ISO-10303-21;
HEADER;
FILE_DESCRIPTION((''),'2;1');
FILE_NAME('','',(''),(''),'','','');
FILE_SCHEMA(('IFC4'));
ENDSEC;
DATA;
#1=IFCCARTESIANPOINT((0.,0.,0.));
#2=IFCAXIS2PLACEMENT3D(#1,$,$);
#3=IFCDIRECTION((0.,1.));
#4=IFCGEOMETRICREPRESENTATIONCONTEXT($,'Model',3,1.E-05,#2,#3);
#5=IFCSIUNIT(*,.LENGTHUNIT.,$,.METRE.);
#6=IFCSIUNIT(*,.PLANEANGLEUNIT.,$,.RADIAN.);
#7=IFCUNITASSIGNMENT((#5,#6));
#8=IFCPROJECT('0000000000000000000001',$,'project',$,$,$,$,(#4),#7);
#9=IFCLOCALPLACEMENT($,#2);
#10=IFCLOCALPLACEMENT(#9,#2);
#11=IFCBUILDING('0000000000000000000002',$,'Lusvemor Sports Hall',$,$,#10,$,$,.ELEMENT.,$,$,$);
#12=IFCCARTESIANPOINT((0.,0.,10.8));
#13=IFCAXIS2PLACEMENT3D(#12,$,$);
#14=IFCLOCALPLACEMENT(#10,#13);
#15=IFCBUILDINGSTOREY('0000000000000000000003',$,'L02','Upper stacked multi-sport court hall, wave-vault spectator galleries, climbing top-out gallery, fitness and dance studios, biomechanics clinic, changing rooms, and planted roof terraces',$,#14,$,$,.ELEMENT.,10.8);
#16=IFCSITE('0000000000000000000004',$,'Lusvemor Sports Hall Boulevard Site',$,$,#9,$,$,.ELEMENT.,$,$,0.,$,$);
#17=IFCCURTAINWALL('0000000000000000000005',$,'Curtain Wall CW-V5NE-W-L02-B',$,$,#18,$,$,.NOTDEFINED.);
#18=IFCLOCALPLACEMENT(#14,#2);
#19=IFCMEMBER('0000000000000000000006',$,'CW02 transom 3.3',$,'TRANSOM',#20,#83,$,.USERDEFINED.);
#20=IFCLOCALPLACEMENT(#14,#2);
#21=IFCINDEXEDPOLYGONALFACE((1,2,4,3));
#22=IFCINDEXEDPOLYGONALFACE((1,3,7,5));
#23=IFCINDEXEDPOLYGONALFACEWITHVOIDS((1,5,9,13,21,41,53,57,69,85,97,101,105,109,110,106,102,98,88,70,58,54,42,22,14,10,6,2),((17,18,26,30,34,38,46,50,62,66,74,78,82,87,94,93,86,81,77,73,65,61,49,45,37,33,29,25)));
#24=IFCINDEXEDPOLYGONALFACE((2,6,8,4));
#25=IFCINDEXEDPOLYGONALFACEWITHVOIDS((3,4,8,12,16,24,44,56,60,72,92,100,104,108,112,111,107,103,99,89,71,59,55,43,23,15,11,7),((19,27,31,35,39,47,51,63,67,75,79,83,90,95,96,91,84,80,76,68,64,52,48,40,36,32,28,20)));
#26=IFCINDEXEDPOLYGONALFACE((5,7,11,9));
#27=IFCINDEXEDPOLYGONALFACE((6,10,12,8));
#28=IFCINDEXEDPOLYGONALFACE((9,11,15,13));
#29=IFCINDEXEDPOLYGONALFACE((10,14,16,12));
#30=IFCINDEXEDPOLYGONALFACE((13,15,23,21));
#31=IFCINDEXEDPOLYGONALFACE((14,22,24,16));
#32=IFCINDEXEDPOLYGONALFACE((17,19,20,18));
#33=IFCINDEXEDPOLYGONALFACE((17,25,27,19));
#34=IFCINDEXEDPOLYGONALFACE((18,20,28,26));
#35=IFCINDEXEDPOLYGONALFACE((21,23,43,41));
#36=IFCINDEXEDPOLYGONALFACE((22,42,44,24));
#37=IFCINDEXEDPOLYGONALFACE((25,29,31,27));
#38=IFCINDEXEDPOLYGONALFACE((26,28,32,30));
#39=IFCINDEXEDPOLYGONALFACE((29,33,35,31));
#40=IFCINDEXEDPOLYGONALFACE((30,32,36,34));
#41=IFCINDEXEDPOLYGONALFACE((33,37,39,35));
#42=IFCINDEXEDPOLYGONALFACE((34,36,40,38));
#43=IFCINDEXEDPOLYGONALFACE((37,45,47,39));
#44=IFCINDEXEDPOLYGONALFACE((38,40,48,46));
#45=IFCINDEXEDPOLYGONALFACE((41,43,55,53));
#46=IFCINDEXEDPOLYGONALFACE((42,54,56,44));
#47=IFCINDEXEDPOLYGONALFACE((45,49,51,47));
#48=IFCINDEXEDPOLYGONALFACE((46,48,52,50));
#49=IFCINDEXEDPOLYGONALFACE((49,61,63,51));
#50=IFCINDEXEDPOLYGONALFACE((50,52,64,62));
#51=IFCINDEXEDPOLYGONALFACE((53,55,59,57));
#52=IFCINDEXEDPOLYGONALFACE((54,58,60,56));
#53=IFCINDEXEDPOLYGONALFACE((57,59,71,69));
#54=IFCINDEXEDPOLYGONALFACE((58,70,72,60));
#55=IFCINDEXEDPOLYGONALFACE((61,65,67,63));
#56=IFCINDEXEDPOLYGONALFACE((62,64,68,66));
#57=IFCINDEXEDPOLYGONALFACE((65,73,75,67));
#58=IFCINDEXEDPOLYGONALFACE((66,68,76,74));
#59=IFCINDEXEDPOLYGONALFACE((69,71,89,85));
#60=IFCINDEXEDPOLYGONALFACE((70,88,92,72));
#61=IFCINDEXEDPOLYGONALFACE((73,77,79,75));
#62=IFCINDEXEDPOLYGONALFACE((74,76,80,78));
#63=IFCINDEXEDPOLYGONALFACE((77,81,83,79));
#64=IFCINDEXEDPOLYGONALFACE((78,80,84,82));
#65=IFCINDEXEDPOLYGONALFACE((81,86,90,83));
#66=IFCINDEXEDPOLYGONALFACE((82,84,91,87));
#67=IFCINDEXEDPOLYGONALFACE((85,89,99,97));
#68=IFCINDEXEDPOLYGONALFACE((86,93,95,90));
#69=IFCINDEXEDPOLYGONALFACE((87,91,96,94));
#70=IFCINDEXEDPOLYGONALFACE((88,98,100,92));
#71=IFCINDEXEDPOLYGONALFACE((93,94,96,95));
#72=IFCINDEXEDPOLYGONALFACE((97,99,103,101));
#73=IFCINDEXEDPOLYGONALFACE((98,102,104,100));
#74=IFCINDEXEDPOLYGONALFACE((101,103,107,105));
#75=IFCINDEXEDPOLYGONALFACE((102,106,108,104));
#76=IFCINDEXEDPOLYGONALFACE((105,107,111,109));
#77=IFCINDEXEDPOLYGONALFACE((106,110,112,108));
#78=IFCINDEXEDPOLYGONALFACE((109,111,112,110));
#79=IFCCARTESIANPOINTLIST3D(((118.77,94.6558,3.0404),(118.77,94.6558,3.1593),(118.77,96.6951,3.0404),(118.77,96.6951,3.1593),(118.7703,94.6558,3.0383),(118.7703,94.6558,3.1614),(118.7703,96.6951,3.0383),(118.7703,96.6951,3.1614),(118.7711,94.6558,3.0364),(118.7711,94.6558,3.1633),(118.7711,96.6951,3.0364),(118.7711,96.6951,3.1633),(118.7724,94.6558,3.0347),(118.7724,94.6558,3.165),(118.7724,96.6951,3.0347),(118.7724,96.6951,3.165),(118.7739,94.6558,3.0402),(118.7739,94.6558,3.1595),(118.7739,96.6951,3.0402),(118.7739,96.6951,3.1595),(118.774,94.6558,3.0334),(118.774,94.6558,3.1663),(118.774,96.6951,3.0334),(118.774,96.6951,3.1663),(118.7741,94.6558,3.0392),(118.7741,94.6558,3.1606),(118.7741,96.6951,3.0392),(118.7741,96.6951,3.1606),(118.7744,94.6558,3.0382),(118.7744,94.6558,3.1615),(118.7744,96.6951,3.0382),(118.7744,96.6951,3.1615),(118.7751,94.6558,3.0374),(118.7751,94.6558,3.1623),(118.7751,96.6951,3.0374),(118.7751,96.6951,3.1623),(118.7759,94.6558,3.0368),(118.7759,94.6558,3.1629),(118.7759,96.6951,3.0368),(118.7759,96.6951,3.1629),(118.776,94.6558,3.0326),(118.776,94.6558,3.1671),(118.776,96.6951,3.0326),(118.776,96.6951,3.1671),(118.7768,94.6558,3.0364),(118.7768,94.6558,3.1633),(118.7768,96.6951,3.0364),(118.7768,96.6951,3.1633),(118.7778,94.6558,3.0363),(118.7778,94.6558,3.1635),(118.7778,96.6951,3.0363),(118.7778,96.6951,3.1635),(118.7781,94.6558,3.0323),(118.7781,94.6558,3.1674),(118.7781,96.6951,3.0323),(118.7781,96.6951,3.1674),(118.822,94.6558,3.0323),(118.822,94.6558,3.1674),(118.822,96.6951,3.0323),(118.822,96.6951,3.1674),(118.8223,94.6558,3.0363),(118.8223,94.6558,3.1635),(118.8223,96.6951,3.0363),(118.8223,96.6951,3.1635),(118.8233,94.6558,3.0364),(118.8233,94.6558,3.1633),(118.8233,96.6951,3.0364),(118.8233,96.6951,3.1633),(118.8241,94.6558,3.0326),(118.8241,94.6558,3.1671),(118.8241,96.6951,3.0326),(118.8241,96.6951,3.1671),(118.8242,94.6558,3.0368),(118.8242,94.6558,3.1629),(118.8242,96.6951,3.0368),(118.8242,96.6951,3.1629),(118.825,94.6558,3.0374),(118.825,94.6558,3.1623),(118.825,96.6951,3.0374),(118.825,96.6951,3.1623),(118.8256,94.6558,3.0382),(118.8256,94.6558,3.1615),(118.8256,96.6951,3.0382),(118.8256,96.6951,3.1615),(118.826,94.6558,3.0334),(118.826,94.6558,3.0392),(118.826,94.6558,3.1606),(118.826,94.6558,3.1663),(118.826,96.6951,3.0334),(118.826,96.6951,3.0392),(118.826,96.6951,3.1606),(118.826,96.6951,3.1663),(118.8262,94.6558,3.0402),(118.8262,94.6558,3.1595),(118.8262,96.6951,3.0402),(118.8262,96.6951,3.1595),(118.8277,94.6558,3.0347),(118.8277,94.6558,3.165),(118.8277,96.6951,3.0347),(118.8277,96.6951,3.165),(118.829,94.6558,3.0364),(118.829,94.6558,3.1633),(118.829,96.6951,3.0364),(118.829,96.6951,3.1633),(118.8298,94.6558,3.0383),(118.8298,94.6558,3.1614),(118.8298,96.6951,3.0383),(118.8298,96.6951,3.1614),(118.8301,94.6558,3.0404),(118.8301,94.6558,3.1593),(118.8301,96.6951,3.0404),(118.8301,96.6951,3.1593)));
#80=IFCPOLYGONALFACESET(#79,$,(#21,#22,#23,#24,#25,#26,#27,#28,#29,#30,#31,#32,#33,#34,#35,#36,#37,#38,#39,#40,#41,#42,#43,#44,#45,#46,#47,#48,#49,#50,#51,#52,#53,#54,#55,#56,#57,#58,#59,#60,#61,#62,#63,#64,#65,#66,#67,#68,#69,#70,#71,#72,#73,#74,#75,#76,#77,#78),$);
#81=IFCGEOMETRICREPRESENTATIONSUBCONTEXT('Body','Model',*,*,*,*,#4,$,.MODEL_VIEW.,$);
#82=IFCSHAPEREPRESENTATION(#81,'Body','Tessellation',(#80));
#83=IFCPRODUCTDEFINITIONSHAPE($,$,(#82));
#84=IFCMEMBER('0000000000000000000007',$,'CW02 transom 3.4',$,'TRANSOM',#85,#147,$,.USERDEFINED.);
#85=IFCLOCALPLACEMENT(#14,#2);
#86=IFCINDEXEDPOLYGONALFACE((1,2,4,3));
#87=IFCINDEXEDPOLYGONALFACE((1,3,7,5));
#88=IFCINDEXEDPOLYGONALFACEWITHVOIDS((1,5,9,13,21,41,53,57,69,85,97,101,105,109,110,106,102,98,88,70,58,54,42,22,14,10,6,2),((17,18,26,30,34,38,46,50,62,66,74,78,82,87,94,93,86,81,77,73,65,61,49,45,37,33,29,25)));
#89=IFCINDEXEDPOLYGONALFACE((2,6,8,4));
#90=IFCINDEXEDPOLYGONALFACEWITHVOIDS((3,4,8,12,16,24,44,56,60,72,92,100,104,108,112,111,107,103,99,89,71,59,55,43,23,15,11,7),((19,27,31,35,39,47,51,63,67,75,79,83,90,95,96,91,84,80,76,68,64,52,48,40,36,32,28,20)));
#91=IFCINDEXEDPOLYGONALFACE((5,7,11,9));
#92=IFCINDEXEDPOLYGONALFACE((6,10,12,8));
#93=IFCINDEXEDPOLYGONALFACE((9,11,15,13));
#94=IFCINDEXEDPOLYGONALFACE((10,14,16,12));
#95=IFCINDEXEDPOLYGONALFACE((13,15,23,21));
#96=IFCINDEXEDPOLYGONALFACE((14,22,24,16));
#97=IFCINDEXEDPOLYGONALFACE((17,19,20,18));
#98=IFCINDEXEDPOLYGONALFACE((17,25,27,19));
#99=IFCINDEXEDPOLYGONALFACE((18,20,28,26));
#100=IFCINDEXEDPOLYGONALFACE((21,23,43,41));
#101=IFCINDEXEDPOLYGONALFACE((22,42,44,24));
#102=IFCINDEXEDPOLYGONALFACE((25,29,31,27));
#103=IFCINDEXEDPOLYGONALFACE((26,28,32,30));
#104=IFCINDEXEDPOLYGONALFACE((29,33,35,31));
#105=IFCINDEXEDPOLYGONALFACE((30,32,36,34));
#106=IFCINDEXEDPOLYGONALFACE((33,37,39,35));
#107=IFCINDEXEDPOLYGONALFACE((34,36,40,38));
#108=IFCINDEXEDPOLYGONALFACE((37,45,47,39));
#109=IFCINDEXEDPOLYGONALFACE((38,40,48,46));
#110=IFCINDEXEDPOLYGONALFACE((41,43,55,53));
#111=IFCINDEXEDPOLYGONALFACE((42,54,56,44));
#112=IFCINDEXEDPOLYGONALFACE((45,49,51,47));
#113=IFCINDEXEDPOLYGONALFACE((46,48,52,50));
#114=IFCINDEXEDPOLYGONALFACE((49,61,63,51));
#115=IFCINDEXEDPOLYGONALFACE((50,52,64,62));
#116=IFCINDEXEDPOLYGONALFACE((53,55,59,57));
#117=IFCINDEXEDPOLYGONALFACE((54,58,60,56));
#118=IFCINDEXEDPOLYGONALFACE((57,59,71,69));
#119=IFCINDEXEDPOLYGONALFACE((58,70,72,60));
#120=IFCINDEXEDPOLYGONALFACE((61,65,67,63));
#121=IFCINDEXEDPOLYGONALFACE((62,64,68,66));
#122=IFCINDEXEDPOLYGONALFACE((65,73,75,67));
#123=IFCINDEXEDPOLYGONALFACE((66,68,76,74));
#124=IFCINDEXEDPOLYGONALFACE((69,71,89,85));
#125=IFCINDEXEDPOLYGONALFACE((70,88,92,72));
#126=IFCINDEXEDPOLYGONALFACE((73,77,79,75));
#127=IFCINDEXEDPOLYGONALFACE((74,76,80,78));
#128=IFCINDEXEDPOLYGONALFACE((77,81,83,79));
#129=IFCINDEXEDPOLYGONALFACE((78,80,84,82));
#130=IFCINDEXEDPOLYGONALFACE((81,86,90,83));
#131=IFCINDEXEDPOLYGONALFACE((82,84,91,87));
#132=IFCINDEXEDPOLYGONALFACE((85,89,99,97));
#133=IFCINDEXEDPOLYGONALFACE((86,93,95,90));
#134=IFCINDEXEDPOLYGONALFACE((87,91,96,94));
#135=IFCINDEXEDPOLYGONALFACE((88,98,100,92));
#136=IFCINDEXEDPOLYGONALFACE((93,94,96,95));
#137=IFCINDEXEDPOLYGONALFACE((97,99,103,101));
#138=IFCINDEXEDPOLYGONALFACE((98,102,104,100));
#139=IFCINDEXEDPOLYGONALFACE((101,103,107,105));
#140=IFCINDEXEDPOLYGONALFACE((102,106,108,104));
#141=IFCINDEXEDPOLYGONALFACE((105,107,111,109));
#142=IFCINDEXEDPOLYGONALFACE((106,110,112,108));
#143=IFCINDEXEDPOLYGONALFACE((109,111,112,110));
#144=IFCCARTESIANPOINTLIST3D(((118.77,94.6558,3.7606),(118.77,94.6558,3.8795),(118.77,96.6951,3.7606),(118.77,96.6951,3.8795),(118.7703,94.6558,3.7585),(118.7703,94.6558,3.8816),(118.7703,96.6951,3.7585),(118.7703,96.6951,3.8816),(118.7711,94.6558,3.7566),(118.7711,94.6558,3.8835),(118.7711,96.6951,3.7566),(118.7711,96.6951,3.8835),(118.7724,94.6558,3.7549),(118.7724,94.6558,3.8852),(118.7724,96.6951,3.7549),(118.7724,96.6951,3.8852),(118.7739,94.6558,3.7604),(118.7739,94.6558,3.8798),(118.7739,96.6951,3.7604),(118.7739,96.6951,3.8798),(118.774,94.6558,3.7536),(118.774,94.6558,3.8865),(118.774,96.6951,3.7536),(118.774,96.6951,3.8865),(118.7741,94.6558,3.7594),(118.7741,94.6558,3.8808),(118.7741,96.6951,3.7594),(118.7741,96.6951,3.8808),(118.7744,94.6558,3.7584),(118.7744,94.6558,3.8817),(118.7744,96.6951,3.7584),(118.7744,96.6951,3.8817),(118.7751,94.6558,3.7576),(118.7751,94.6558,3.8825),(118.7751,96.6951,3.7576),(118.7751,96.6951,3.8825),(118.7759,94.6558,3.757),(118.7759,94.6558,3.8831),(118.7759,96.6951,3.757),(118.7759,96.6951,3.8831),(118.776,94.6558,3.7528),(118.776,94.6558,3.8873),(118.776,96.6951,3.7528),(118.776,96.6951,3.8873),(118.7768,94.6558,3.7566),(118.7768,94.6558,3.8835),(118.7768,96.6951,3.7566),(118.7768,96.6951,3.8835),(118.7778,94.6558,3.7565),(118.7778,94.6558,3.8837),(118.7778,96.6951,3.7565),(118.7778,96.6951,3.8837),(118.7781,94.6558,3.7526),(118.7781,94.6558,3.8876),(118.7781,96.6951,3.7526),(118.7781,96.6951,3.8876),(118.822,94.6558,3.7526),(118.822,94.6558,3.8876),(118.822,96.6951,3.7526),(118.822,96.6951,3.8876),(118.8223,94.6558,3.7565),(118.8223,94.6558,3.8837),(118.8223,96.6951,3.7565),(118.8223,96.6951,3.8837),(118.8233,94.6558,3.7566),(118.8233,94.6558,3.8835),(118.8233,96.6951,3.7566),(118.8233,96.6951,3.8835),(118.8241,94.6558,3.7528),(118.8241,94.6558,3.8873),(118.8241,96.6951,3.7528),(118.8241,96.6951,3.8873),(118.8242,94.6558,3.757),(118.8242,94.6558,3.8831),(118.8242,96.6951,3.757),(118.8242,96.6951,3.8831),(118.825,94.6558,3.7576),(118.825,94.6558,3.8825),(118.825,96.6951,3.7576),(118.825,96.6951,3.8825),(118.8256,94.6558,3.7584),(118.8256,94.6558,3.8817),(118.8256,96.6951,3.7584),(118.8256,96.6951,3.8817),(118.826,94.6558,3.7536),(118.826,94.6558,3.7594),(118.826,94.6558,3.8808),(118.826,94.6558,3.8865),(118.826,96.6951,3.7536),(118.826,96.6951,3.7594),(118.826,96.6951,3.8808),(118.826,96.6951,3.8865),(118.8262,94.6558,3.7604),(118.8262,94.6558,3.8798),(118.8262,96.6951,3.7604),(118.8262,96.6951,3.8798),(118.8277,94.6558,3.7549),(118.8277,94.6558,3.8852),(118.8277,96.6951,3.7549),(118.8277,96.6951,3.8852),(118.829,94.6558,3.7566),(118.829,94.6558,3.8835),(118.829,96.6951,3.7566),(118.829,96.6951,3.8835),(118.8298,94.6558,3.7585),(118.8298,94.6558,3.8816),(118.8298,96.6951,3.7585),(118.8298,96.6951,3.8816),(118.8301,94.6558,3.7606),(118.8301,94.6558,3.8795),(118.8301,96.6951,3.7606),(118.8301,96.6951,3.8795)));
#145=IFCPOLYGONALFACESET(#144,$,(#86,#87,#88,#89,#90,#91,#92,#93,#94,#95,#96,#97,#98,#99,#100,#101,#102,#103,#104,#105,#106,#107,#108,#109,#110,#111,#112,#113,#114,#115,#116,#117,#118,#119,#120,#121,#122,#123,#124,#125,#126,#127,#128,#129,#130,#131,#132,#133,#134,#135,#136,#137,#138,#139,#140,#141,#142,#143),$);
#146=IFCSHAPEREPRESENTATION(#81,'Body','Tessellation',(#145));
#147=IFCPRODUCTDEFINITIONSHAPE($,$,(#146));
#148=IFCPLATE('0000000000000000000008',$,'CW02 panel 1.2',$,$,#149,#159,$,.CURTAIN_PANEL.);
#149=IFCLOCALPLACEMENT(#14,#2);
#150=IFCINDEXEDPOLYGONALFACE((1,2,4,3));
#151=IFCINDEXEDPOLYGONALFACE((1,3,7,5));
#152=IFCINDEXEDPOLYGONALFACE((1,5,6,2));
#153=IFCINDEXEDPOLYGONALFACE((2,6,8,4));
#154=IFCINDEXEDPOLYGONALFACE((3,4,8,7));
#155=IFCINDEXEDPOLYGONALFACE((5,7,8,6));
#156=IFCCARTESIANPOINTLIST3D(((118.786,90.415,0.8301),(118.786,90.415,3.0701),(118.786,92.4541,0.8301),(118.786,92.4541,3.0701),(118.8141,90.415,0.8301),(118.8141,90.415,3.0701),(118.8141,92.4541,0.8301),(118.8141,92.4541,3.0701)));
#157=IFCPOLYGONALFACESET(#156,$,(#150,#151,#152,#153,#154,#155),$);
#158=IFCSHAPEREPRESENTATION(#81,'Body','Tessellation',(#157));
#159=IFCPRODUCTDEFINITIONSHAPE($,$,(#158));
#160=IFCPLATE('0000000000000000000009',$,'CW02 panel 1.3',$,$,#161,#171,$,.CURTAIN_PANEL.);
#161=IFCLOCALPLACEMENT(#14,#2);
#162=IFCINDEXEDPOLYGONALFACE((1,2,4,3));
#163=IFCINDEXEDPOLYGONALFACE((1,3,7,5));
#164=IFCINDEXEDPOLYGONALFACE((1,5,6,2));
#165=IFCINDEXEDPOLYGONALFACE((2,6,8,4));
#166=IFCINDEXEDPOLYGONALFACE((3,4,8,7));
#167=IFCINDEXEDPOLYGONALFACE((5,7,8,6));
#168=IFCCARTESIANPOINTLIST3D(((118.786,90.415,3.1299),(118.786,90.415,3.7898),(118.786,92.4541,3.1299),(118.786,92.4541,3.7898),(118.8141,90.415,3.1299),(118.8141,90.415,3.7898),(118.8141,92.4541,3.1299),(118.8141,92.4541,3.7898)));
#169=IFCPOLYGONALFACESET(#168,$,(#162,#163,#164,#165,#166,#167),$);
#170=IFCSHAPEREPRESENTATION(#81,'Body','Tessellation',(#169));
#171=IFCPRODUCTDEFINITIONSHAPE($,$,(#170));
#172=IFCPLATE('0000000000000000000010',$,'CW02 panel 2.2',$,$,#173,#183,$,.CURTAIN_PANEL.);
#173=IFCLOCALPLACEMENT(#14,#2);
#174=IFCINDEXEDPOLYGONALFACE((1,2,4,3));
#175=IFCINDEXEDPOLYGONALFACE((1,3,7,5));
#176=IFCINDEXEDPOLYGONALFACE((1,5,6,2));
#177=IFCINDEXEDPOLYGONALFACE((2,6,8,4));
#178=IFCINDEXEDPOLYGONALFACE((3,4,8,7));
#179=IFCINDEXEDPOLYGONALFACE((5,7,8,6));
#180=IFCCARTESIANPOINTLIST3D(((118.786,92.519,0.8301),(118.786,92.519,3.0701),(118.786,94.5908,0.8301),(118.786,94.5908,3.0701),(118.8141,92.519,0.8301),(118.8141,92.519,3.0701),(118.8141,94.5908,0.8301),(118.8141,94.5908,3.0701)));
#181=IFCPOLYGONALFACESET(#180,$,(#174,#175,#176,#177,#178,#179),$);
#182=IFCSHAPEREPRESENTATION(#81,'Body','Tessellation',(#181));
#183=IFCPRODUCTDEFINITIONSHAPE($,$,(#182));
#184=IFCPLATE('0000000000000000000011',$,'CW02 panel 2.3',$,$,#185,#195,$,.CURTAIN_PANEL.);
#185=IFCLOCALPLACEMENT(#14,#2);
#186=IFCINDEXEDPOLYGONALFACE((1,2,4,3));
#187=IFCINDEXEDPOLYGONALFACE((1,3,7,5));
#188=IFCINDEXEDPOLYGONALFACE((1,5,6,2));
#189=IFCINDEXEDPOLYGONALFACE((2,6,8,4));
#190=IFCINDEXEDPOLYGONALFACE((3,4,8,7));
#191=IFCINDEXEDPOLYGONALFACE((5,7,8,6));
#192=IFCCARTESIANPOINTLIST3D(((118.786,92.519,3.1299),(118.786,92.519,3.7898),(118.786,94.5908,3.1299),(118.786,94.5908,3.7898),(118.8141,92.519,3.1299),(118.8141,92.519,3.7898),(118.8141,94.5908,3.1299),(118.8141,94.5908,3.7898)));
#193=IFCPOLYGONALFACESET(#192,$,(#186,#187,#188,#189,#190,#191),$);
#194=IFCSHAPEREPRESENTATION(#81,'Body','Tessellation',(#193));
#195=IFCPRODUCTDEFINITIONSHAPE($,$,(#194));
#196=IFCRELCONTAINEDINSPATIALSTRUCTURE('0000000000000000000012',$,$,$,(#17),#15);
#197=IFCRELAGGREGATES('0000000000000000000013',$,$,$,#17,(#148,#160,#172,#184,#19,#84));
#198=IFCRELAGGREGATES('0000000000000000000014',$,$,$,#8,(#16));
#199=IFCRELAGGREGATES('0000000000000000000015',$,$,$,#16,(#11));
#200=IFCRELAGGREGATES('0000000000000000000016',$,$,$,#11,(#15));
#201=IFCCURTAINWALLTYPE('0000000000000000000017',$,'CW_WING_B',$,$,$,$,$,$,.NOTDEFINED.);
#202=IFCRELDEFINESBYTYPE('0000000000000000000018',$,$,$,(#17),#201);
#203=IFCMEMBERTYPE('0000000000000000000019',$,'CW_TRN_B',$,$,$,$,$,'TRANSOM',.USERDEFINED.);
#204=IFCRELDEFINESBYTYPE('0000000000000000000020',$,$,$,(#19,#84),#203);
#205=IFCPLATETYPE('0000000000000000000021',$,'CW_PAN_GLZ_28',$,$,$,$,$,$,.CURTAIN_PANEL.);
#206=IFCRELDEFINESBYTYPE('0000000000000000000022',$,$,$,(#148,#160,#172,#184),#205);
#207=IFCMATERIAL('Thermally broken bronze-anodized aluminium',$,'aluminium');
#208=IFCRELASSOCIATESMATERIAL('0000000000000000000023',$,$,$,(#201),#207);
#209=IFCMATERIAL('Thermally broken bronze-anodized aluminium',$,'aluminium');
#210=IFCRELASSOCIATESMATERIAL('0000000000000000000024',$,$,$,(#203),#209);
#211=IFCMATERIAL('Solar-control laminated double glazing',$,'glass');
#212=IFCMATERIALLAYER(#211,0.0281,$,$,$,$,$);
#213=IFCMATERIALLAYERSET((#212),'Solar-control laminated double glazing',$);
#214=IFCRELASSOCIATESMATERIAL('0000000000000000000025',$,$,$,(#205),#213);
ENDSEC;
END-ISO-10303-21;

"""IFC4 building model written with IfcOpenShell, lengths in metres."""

from ifc_helpers import new_model, si_unit, direction, frame, origin, origin_2d, place, context, subcontext, project, spatial, rectangle, hollow_rectangle, extrude, material, layer, layer_set, material_profile, profile_set, type_object, element, aggregate, save


model = new_model("IFC4")

# Units and contexts
model_context = context("Model", 3, precision=1e-05, world=origin(), true_north=direction((0.0, 1.0)))
body_context = subcontext(model_context, "Body", "Model", "MODEL_VIEW")
ifc_project = project(units=[si_unit("LENGTHUNIT", "METRE"), si_unit("PLANEANGLEUNIT", "RADIAN")], contexts=[model_context])

# Site, building, storey
site_placement = place(None, origin())
site = spatial("IfcSite", under=ifc_project, at=site_placement, Name="Lusvemor Sports Hall Boulevard Site", CompositionType="ELEMENT", RefElevation=0.0)
building_placement = place(site_placement, origin())
building = spatial("IfcBuilding", under=site, at=building_placement, Name="Lusvemor Sports Hall", CompositionType="ELEMENT")
storey_placement = place(building_placement, frame((0.0, 0.0, 10.8)))
storey = spatial("IfcBuildingStorey", under=building, at=storey_placement, Name="L02", Description="Upper stacked multi-sport court hall, wave-vault spectator galleries, climbing top-out gallery, fitness and dance studios, biomechanics clinic, changing rooms, and planted roof terraces", CompositionType="ELEMENT", Elevation=10.8)

# Curtain wall, members, plates
ifc_material_1 = material(Name="Thermally broken bronze-anodized aluminium", Category="aluminium")
curtain_wall_type = type_object("IfcCurtainWallType", Name="CW_WING_B", PredefinedType="NOTDEFINED", material=ifc_material_1)
curtain_wall_placement = place(storey_placement, origin())
curtain_wall = element("IfcCurtainWall", 1, at=curtain_wall_placement, inside=storey, type_object=curtain_wall_type, Name="Curtain Wall CW-V5NE-W-L02-B", PredefinedType="NOTDEFINED")
ifc_material_2 = material(Name="Thermally broken bronze-anodized aluminium", Category="aluminium")
ifc_material_profile_1 = material_profile(ifc_material_2, hollow_rectangle(XDim=0.0601, YDim=0.135, WallThickness=0.0039, InnerFilletRadius=0.0039, OuterFilletRadius=0.0081, at=origin_2d()), Name="CWTRN135x60x4")
ifc_profile_set_1 = profile_set([ifc_material_profile_1], Name="Thermally broken bronze-anodized aluminium")
member_type_1 = type_object("IfcMemberType", Name="CW_TRN_B", ElementType="TRANSOM", PredefinedType="USERDEFINED", material=ifc_profile_set_1)
member_1_placement = place(storey_placement, frame((118.8, 94.6558, 3.0999), z_axis=(0.0, 1.0, 0.0), x_axis=(-1.0, 0.0, 0.0)))
member_1 = element("IfcMember", 2, at=member_1_placement, type_object=member_type_1, Name="CW02 transom 3.3", ObjectType="TRANSOM", PredefinedType="USERDEFINED", context=body_context, shape_type="SweptSolid", body=[
    extrude(hollow_rectangle(XDim=0.0601, YDim=0.135, WallThickness=0.0039, InnerFilletRadius=0.0039, OuterFilletRadius=0.0081, at=origin_2d()), origin(), (0.0, 0.0, 1.0), 2.0393),
])
member_2_placement = place(storey_placement, frame((118.8, 94.6558, 3.8201), z_axis=(0.0, 1.0, 0.0), x_axis=(-1.0, 0.0, 0.0)))
member_2 = element("IfcMember", 3, at=member_2_placement, type_object=member_type_1, Name="CW02 transom 3.4", ObjectType="TRANSOM", PredefinedType="USERDEFINED", context=body_context, shape_type="SweptSolid", body=[
    extrude(hollow_rectangle(XDim=0.0601, YDim=0.135, WallThickness=0.0039, InnerFilletRadius=0.0039, OuterFilletRadius=0.0081, at=origin_2d()), origin(), (0.0, 0.0, 1.0), 2.0393),
])
ifc_material_3 = material(Name="Solar-control laminated double glazing", Category="glass")
ifc_layer_1 = layer(ifc_material_3, 0.0281)
ifc_layer_set_1 = layer_set([ifc_layer_1], Name="Solar-control laminated double glazing")
plate_type_1 = type_object("IfcPlateType", Name="CW_PAN_GLZ_28", PredefinedType="CURTAIN_PANEL", material=ifc_layer_set_1)
plate_1_placement = place(storey_placement, frame((118.8, 91.4346, 0.8301), z_axis=(0.0, 0.0, 1.0), x_axis=(0.0, 1.0, 0.0)))
plate_1 = element("IfcPlate", 4, at=plate_1_placement, type_object=plate_type_1, Name="CW02 panel 1.2", PredefinedType="CURTAIN_PANEL", context=body_context, shape_type="SweptSolid", body=[
    extrude(rectangle(XDim=2.0391, YDim=0.0281, at=origin_2d()), origin(), (0.0, 0.0, 1.0), 2.24),
])
plate_2_placement = place(storey_placement, frame((118.8, 91.4346, 3.1299), z_axis=(0.0, 0.0, 1.0), x_axis=(0.0, 1.0, 0.0)))
plate_2 = element("IfcPlate", 5, at=plate_2_placement, type_object=plate_type_1, Name="CW02 panel 1.3", PredefinedType="CURTAIN_PANEL", context=body_context, shape_type="SweptSolid", body=[
    extrude(rectangle(XDim=2.0391, YDim=0.0281, at=origin_2d()), origin(), (0.0, 0.0, 1.0), 0.6599),
])
plate_3_placement = place(storey_placement, frame((118.8, 93.5549, 0.8301), z_axis=(0.0, 0.0, 1.0), x_axis=(0.0, 1.0, 0.0)))
plate_3 = element("IfcPlate", 6, at=plate_3_placement, type_object=plate_type_1, Name="CW02 panel 2.2", PredefinedType="CURTAIN_PANEL", context=body_context, shape_type="SweptSolid", body=[
    extrude(rectangle(XDim=2.0718, YDim=0.0281, at=origin_2d()), origin(), (0.0, 0.0, 1.0), 2.24),
])
plate_4_placement = place(storey_placement, frame((118.8, 93.5549, 3.1299), z_axis=(0.0, 0.0, 1.0), x_axis=(0.0, 1.0, 0.0)))
plate_4 = element("IfcPlate", 7, at=plate_4_placement, type_object=plate_type_1, Name="CW02 panel 2.3", PredefinedType="CURTAIN_PANEL", context=body_context, shape_type="SweptSolid", body=[
    extrude(rectangle(XDim=2.0718, YDim=0.0281, at=origin_2d()), origin(), (0.0, 0.0, 1.0), 0.6599),
])
aggregate(curtain_wall, [plate_1, plate_2, plate_3, plate_4, member_1, member_2])

save(model, "model.ifc")
